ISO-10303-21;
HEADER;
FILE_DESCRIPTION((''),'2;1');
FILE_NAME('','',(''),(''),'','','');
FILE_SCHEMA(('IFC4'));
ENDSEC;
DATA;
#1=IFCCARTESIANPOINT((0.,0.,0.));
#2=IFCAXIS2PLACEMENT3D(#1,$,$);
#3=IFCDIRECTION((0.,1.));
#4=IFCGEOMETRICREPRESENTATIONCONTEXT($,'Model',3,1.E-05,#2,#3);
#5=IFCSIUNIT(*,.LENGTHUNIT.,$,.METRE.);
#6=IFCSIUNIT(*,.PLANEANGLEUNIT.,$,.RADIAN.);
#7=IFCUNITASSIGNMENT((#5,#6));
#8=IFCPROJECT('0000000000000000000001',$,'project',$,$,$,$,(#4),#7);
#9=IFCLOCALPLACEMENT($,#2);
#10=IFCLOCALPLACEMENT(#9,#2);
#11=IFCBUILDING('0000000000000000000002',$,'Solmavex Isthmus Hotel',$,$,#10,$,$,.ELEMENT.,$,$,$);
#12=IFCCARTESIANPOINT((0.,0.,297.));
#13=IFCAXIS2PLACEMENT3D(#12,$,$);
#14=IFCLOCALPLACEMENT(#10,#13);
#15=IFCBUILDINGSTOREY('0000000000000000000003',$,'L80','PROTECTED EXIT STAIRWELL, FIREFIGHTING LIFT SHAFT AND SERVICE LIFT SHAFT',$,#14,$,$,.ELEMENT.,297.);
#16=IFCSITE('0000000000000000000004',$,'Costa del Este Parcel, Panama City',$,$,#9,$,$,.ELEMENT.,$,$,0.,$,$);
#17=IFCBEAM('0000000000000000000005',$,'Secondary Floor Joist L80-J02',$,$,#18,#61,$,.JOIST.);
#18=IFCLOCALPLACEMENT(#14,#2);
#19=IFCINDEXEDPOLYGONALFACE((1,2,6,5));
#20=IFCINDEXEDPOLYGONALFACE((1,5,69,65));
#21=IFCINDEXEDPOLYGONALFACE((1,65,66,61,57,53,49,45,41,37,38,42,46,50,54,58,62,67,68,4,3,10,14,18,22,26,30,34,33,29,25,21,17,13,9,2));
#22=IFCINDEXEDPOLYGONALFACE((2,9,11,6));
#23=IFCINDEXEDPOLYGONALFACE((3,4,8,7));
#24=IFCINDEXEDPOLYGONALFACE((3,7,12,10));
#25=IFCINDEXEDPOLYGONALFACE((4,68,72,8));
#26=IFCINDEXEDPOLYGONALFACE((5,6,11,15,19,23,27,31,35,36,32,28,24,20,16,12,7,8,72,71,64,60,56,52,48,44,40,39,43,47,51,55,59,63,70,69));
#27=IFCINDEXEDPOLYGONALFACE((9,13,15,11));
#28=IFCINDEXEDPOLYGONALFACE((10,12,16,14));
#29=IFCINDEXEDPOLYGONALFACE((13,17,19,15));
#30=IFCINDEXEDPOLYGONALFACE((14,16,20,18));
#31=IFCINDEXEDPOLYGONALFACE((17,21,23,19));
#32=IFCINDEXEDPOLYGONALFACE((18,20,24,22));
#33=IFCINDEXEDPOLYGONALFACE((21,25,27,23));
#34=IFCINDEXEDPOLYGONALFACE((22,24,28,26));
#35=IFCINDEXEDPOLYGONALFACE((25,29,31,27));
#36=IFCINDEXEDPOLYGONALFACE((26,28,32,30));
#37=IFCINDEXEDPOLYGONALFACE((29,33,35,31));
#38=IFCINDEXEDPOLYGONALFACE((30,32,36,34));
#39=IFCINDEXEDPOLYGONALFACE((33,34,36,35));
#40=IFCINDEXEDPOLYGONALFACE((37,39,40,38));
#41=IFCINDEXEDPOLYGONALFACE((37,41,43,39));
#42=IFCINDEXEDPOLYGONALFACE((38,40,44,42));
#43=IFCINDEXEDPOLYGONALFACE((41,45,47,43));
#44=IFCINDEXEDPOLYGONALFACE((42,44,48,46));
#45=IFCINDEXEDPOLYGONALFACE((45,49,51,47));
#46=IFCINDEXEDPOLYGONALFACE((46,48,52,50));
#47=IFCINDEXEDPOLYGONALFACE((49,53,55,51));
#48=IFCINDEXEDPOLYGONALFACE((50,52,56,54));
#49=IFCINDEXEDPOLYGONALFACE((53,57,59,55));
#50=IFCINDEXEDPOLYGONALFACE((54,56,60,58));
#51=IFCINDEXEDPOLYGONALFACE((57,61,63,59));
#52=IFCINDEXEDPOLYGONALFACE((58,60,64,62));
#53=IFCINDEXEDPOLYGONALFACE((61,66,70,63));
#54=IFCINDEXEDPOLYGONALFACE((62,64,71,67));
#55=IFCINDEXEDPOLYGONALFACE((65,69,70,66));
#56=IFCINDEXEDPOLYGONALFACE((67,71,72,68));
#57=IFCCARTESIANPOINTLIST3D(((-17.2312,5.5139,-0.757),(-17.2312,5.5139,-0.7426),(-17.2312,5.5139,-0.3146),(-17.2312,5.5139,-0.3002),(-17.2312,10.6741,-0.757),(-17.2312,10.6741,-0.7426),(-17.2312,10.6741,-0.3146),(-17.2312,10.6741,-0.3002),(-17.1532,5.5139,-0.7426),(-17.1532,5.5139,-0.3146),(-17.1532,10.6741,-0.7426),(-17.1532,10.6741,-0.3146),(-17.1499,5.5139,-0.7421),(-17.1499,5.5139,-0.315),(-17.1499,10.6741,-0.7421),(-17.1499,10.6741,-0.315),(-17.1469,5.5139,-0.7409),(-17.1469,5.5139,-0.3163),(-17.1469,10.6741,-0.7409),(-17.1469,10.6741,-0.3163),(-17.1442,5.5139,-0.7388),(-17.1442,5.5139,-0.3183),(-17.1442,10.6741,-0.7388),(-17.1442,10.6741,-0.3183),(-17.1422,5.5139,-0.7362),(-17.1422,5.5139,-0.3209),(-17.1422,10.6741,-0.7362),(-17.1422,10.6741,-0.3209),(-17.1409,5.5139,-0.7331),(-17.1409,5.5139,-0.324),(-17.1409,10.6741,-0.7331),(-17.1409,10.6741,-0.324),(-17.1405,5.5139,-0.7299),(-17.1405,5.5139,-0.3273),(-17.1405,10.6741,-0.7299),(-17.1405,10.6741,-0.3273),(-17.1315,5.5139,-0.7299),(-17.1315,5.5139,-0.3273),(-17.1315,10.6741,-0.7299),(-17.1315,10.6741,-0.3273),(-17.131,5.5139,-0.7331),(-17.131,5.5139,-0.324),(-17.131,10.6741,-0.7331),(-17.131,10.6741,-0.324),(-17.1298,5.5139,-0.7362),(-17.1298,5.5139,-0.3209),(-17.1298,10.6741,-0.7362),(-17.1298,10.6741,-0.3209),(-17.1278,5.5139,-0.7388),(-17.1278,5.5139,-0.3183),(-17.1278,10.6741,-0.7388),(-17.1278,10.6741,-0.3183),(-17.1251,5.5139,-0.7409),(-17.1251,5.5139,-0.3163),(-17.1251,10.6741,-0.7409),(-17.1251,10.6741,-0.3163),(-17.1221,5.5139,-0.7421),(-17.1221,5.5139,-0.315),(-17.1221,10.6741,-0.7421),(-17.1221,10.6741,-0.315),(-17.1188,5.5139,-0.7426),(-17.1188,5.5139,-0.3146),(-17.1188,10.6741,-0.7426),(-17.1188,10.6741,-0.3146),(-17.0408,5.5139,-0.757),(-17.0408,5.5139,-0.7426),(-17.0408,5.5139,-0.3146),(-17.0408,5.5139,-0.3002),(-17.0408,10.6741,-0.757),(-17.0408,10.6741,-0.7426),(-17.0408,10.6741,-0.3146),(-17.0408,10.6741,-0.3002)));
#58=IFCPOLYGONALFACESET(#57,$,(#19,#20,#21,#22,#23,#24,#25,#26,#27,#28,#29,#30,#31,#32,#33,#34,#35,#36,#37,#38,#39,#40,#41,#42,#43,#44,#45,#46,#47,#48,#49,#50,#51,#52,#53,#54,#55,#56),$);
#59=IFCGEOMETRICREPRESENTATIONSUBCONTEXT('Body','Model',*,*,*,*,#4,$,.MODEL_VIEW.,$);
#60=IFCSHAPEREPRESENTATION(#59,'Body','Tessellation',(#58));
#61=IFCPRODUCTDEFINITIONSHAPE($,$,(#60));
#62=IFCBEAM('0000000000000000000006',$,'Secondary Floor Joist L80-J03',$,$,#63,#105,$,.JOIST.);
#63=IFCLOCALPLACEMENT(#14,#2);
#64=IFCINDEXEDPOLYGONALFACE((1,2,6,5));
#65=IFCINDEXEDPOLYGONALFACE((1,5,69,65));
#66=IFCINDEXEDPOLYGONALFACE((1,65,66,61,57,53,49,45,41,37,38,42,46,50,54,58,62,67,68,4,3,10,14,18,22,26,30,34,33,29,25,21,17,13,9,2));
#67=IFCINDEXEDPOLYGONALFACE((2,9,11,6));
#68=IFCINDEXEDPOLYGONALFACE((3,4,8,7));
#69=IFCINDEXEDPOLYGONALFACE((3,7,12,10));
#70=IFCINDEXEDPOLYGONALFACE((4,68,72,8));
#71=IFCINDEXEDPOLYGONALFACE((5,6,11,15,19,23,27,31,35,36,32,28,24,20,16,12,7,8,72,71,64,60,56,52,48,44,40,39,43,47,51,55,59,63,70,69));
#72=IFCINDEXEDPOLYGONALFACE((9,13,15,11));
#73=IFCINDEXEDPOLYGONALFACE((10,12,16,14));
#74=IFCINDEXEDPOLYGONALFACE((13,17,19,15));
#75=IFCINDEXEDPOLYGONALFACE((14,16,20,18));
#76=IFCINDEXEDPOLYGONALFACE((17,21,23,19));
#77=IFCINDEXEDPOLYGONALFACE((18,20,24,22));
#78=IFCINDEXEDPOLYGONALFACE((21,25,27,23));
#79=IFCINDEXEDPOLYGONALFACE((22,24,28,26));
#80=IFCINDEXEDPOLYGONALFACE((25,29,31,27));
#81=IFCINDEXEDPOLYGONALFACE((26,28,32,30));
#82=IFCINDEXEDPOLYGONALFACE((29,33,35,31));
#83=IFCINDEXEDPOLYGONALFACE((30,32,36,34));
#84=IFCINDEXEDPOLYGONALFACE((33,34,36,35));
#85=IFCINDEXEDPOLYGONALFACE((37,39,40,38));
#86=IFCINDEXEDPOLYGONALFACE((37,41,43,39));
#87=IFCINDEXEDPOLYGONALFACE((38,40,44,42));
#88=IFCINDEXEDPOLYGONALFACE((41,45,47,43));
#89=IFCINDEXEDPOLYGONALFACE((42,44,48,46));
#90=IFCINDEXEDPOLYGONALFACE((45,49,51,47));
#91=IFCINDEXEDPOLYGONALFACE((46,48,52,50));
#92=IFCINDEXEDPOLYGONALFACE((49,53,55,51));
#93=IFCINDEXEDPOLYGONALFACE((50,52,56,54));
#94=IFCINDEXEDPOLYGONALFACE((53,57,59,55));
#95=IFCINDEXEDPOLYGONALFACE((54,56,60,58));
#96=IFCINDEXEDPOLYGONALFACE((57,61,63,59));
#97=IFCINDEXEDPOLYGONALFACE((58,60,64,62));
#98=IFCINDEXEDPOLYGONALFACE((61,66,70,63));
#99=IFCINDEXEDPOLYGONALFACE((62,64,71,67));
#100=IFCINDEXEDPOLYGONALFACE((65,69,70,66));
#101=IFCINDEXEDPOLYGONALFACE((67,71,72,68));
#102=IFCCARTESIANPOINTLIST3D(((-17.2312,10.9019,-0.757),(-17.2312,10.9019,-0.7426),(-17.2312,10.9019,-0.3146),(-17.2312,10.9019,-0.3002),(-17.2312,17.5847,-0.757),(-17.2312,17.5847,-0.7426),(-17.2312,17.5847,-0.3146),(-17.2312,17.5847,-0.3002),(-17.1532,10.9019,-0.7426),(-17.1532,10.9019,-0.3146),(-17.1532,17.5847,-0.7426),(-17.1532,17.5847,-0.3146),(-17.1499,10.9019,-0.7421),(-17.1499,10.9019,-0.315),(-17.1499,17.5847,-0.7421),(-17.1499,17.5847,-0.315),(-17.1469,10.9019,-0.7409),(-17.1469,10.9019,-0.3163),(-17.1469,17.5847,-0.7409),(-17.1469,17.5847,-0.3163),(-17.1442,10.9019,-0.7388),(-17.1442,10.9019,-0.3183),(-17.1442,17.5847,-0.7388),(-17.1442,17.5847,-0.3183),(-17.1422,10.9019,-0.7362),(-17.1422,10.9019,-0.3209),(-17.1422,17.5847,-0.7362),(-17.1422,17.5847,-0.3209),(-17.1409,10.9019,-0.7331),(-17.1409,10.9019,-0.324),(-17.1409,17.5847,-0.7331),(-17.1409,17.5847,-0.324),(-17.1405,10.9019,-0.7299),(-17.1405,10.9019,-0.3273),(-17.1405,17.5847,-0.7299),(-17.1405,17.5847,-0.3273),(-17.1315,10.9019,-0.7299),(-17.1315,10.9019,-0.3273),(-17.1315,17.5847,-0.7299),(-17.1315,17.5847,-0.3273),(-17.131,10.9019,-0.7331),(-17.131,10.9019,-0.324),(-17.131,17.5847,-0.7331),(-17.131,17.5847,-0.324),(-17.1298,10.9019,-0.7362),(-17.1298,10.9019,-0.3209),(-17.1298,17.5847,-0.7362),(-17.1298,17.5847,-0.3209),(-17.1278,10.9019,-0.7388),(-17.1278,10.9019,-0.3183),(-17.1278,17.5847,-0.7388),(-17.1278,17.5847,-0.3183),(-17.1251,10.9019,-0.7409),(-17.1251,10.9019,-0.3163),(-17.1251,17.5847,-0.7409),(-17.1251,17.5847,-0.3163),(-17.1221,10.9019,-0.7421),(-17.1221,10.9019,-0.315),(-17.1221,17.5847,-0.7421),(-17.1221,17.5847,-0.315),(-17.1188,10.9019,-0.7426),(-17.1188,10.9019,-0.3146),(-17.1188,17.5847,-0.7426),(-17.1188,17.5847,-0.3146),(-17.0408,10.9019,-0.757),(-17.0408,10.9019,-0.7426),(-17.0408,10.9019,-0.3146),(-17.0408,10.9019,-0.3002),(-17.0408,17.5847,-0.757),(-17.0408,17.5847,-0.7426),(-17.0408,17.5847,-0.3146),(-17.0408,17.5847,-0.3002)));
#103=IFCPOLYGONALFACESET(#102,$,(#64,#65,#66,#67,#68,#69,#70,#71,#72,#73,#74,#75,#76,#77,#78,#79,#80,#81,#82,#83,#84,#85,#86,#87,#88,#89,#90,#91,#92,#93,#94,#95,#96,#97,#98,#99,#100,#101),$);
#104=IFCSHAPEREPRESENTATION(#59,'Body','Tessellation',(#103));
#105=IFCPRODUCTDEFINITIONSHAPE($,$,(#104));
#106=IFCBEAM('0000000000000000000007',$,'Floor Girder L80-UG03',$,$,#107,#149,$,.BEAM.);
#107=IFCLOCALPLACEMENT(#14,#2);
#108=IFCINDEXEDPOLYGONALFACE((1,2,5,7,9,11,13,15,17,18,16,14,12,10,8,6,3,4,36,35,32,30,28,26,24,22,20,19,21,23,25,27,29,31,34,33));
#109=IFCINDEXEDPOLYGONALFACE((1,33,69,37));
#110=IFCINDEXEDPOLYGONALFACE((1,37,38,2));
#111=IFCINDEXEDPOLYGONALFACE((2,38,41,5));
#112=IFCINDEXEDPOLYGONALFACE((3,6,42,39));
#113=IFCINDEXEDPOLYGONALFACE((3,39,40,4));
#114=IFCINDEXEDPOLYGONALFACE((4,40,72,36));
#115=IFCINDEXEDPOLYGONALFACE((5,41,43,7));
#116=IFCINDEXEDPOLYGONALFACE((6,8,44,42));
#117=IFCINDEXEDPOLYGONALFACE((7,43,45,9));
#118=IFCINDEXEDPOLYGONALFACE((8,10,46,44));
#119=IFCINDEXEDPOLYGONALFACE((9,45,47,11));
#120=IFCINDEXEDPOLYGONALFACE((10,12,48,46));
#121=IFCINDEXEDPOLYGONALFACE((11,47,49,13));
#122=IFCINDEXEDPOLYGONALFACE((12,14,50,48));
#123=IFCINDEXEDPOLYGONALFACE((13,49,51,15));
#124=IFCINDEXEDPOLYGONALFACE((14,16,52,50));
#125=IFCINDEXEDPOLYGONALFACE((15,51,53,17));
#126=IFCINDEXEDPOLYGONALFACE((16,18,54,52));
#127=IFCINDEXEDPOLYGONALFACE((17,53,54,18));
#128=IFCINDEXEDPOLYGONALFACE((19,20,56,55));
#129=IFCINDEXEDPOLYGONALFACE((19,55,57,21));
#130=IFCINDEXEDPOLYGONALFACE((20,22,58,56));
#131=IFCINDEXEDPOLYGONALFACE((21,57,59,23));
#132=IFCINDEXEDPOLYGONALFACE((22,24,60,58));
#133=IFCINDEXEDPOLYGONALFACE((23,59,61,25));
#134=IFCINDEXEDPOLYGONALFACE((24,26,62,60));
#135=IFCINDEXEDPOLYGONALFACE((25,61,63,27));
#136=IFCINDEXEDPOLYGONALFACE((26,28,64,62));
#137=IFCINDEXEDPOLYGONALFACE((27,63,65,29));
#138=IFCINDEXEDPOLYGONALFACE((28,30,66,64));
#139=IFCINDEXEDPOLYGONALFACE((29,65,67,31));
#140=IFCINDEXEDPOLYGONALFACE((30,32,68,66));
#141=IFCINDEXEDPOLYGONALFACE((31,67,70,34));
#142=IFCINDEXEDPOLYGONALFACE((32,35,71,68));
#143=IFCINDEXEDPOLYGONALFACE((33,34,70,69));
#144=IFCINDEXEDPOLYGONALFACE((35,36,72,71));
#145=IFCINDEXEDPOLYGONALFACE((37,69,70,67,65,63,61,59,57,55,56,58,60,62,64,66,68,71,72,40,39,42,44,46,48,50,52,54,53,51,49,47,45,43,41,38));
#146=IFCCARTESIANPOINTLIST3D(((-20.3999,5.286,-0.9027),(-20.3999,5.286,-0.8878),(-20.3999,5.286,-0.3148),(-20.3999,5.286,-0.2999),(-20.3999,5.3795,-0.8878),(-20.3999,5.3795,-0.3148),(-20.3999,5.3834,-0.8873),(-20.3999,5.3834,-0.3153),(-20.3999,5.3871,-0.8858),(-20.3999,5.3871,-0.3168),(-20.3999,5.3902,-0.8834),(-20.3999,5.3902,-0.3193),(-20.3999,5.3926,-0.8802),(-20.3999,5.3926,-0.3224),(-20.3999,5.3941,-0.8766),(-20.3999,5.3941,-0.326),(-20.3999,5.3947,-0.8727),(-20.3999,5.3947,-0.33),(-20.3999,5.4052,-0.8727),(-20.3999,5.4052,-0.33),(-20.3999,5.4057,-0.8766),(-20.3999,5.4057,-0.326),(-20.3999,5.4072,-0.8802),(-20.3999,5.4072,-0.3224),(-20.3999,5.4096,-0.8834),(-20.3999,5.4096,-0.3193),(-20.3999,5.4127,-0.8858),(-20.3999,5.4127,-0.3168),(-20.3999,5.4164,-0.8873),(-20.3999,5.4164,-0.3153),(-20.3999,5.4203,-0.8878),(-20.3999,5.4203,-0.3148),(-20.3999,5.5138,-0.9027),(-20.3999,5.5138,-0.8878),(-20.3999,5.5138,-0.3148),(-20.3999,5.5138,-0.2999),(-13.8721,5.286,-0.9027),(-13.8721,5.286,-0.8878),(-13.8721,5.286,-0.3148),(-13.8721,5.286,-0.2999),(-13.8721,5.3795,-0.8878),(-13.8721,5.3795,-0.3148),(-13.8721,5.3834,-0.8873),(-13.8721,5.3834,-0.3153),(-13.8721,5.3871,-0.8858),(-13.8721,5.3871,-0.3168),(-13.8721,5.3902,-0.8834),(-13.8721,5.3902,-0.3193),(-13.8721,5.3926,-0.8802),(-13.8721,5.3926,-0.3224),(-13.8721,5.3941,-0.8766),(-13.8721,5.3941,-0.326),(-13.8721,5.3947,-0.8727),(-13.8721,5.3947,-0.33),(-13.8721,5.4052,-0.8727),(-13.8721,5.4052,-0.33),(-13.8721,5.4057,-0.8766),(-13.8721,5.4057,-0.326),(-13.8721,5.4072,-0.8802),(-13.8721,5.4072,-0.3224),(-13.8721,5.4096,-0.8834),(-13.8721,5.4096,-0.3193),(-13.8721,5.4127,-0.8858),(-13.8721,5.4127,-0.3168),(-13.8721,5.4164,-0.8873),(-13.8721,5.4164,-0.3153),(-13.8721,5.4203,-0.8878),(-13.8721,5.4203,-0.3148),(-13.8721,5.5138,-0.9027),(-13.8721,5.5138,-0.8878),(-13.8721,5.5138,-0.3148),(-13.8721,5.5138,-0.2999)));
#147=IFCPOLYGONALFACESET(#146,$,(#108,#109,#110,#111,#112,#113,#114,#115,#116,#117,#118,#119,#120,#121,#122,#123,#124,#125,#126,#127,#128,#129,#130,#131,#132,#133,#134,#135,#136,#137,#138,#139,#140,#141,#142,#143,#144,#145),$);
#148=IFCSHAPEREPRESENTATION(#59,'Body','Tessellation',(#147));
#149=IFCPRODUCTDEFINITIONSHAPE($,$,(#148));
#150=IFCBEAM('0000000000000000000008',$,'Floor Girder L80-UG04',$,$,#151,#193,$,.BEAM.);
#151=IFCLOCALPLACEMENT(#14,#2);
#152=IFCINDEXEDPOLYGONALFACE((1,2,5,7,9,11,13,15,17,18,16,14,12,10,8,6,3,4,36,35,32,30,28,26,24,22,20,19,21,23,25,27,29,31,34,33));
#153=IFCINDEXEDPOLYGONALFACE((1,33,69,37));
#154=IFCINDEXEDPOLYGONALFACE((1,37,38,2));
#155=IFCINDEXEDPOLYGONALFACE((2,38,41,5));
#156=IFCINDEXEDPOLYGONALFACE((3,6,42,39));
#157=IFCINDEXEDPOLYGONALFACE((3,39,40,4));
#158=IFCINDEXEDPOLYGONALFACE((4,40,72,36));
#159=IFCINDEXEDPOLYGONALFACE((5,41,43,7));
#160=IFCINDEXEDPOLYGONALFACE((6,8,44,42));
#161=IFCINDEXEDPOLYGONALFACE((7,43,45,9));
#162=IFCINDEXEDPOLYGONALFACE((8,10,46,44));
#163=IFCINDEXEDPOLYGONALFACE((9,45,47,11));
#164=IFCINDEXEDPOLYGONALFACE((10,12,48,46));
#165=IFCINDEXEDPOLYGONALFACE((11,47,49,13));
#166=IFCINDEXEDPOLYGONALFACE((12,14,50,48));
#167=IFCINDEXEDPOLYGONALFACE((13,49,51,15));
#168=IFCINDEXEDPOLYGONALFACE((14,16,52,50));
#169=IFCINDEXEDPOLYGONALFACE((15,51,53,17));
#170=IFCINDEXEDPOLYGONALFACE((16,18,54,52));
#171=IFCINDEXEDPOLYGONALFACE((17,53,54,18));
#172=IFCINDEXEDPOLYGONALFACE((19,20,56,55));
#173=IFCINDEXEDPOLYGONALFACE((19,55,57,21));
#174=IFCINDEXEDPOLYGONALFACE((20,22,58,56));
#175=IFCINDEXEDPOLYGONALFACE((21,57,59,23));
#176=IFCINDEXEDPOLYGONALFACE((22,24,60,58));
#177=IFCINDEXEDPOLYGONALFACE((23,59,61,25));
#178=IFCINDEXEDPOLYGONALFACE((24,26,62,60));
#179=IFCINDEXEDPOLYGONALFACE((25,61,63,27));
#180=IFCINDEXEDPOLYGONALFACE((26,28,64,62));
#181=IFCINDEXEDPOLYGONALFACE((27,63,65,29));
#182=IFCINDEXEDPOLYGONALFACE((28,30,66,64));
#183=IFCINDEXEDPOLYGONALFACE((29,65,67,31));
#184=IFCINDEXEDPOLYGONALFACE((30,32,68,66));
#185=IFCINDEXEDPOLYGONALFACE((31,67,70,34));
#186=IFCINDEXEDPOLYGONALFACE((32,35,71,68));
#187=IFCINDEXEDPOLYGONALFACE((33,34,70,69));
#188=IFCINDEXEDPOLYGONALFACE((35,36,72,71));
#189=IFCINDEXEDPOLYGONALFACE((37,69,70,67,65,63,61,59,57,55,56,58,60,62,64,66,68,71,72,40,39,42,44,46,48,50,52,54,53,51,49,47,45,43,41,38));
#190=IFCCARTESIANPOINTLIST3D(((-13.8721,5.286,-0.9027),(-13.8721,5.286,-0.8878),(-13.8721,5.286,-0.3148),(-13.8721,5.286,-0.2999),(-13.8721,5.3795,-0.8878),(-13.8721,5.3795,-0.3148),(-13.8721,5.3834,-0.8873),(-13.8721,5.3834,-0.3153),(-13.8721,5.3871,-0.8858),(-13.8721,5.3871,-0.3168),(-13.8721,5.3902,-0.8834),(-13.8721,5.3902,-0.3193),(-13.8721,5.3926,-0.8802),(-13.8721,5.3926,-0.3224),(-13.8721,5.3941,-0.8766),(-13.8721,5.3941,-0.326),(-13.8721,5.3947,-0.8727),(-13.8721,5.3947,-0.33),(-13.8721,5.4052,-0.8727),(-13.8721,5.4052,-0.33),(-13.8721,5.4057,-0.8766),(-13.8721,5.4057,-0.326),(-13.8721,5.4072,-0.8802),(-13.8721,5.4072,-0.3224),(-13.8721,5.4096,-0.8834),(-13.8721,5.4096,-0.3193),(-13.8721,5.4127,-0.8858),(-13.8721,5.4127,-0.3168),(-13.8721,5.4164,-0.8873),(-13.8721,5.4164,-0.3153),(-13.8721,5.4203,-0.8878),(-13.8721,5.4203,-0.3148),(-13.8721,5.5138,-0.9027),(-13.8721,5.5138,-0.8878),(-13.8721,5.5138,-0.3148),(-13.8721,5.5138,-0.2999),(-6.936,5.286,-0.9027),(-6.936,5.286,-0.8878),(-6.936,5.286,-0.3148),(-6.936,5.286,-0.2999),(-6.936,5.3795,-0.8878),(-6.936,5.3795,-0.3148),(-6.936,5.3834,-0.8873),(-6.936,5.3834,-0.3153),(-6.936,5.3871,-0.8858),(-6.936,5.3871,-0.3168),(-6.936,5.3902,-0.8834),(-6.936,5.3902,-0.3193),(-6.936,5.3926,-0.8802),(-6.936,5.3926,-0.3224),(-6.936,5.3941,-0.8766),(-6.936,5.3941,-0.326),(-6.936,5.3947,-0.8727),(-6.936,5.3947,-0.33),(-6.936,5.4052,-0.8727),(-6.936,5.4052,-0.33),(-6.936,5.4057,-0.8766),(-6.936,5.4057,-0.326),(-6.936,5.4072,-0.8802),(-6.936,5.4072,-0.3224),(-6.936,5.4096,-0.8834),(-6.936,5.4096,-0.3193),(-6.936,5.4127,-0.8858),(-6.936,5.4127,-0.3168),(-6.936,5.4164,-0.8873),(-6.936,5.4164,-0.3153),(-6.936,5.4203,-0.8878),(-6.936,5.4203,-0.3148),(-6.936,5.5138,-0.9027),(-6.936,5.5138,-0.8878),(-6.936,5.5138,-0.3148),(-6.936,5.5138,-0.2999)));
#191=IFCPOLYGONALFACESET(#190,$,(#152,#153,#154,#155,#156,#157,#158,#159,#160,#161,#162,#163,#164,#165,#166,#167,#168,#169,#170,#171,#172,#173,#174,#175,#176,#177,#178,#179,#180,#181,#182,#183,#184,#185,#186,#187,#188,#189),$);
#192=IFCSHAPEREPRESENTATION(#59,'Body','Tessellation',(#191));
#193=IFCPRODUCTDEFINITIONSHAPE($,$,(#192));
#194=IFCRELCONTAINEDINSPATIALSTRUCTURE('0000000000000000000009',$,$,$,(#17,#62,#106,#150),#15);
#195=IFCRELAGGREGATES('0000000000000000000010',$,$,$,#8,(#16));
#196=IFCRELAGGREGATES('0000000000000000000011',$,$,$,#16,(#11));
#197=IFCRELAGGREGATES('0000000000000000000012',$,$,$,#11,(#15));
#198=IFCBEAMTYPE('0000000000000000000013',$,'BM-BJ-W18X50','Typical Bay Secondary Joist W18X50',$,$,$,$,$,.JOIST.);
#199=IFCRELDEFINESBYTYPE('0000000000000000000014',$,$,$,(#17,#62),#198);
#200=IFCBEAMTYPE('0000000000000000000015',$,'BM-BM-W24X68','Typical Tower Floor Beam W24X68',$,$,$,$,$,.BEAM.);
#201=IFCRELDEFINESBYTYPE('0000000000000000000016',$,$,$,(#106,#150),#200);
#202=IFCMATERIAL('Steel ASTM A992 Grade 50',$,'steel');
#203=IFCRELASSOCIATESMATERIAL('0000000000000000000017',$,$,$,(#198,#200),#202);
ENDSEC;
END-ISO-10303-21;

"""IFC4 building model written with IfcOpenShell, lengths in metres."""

from ifc_helpers import new_model, si_unit, direction, frame, origin, origin_2d, place, context, subcontext, project, spatial, i_section, extrude, material, material_profile, profile_set, type_object, element, save


model = new_model("IFC4")

# Units and contexts
model_context = context("Model", 3, precision=1e-05, world=origin(), true_north=direction((0.0, 1.0)))
body_context = subcontext(model_context, "Body", "Model", "MODEL_VIEW")
ifc_project = project(units=[si_unit("LENGTHUNIT", "METRE"), si_unit("PLANEANGLEUNIT", "RADIAN")], contexts=[model_context])

# Site, building, storey
site_placement = place(None, origin())
site = spatial("IfcSite", under=ifc_project, at=site_placement, Name="Costa del Este Parcel, Panama City", CompositionType="ELEMENT", RefElevation=0.0)
building_placement = place(site_placement, origin())
building = spatial("IfcBuilding", under=site, at=building_placement, Name="Solmavex Isthmus Hotel", CompositionType="ELEMENT")
storey_placement = place(building_placement, frame((0.0, 0.0, 297.0)))
storey = spatial("IfcBuildingStorey", under=building, at=storey_placement, Name="L80", Description="PROTECTED EXIT STAIRWELL, FIREFIGHTING LIFT SHAFT AND SERVICE LIFT SHAFT", CompositionType="ELEMENT", Elevation=297.0)

# Beams
ifc_material_1 = material(Name="Steel ASTM A992 Grade 50", Category="steel")
ifc_material_profile_1 = material_profile(ifc_material_1, i_section(OverallWidth=0.1904, OverallDepth=0.4568, WebThickness=0.009, FlangeThickness=0.0144, FilletRadius=0.0127, at=origin_2d()), Name="W18X50")
ifc_profile_set_1 = profile_set([ifc_material_profile_1], Name="Steel ASTM A992 Grade 50")
beam_type_1 = type_object("IfcBeamType", Name="BM-BJ-W18X50", Description="Typical Bay Secondary Joist W18X50", PredefinedType="JOIST", material=ifc_profile_set_1)
beam_1_placement = place(storey_placement, frame((-17.136, 5.5139, -0.5286), z_axis=(0.0, 1.0, 0.0), x_axis=(-1.0, 0.0, 0.0)))
element("IfcBeam", 1, at=beam_1_placement, inside=storey, type_object=beam_type_1, Name="Secondary Floor Joist L80-J02", PredefinedType="JOIST", context=body_context, shape_type="SweptSolid", body=[
    extrude(i_section(OverallWidth=0.1904, OverallDepth=0.4568, WebThickness=0.009, FlangeThickness=0.0144, FilletRadius=0.0127, at=origin_2d()), origin(), (0.0, 0.0, 1.0), 5.1602),
])
beam_2_placement = place(storey_placement, frame((-17.136, 10.9019, -0.5286), z_axis=(0.0, 1.0, 0.0), x_axis=(-1.0, 0.0, 0.0)))
element("IfcBeam", 2, at=beam_2_placement, inside=storey, type_object=beam_type_1, Name="Secondary Floor Joist L80-J03", PredefinedType="JOIST", context=body_context, shape_type="SweptSolid", body=[
    extrude(i_section(OverallWidth=0.1904, OverallDepth=0.4568, WebThickness=0.009, FlangeThickness=0.0144, FilletRadius=0.0127, at=origin_2d()), origin(), (0.0, 0.0, 1.0), 6.6829),
])
ifc_material_profile_2 = material_profile(ifc_material_1, i_section(OverallWidth=0.2278, OverallDepth=0.6028, WebThickness=0.0105, FlangeThickness=0.0149, FilletRadius=0.0151, at=origin_2d()), Name="W24X68")
ifc_profile_set_2 = profile_set([ifc_material_profile_2], Name="Steel ASTM A992 Grade 50")
beam_type_2 = type_object("IfcBeamType", Name="BM-BM-W24X68", Description="Typical Tower Floor Beam W24X68", PredefinedType="BEAM", material=ifc_profile_set_2)
beam_3_placement = place(storey_placement, frame((-20.3999, 5.3999, -0.6013), z_axis=(1.0, 0.0, 0.0), x_axis=(0.0, 1.0, 0.0)))
element("IfcBeam", 3, at=beam_3_placement, inside=storey, type_object=beam_type_2, Name="Floor Girder L80-UG03", PredefinedType="BEAM", context=body_context, shape_type="SweptSolid", body=[
    extrude(i_section(OverallWidth=0.2278, OverallDepth=0.6028, WebThickness=0.0105, FlangeThickness=0.0149, FilletRadius=0.0151, at=origin_2d()), origin(), (0.0, 0.0, 1.0), 6.5278),
])
beam_4_placement = place(storey_placement, frame((-13.8721, 5.3999, -0.6013), z_axis=(1.0, 0.0, 0.0), x_axis=(0.0, 1.0, 0.0)))
element("IfcBeam", 4, at=beam_4_placement, inside=storey, type_object=beam_type_2, Name="Floor Girder L80-UG04", PredefinedType="BEAM", context=body_context, shape_type="SweptSolid", body=[
    extrude(i_section(OverallWidth=0.2278, OverallDepth=0.6028, WebThickness=0.0105, FlangeThickness=0.0149, FilletRadius=0.0151, at=origin_2d()), origin(), (0.0, 0.0, 1.0), 6.936),
])

save(model, "model.ifc")
